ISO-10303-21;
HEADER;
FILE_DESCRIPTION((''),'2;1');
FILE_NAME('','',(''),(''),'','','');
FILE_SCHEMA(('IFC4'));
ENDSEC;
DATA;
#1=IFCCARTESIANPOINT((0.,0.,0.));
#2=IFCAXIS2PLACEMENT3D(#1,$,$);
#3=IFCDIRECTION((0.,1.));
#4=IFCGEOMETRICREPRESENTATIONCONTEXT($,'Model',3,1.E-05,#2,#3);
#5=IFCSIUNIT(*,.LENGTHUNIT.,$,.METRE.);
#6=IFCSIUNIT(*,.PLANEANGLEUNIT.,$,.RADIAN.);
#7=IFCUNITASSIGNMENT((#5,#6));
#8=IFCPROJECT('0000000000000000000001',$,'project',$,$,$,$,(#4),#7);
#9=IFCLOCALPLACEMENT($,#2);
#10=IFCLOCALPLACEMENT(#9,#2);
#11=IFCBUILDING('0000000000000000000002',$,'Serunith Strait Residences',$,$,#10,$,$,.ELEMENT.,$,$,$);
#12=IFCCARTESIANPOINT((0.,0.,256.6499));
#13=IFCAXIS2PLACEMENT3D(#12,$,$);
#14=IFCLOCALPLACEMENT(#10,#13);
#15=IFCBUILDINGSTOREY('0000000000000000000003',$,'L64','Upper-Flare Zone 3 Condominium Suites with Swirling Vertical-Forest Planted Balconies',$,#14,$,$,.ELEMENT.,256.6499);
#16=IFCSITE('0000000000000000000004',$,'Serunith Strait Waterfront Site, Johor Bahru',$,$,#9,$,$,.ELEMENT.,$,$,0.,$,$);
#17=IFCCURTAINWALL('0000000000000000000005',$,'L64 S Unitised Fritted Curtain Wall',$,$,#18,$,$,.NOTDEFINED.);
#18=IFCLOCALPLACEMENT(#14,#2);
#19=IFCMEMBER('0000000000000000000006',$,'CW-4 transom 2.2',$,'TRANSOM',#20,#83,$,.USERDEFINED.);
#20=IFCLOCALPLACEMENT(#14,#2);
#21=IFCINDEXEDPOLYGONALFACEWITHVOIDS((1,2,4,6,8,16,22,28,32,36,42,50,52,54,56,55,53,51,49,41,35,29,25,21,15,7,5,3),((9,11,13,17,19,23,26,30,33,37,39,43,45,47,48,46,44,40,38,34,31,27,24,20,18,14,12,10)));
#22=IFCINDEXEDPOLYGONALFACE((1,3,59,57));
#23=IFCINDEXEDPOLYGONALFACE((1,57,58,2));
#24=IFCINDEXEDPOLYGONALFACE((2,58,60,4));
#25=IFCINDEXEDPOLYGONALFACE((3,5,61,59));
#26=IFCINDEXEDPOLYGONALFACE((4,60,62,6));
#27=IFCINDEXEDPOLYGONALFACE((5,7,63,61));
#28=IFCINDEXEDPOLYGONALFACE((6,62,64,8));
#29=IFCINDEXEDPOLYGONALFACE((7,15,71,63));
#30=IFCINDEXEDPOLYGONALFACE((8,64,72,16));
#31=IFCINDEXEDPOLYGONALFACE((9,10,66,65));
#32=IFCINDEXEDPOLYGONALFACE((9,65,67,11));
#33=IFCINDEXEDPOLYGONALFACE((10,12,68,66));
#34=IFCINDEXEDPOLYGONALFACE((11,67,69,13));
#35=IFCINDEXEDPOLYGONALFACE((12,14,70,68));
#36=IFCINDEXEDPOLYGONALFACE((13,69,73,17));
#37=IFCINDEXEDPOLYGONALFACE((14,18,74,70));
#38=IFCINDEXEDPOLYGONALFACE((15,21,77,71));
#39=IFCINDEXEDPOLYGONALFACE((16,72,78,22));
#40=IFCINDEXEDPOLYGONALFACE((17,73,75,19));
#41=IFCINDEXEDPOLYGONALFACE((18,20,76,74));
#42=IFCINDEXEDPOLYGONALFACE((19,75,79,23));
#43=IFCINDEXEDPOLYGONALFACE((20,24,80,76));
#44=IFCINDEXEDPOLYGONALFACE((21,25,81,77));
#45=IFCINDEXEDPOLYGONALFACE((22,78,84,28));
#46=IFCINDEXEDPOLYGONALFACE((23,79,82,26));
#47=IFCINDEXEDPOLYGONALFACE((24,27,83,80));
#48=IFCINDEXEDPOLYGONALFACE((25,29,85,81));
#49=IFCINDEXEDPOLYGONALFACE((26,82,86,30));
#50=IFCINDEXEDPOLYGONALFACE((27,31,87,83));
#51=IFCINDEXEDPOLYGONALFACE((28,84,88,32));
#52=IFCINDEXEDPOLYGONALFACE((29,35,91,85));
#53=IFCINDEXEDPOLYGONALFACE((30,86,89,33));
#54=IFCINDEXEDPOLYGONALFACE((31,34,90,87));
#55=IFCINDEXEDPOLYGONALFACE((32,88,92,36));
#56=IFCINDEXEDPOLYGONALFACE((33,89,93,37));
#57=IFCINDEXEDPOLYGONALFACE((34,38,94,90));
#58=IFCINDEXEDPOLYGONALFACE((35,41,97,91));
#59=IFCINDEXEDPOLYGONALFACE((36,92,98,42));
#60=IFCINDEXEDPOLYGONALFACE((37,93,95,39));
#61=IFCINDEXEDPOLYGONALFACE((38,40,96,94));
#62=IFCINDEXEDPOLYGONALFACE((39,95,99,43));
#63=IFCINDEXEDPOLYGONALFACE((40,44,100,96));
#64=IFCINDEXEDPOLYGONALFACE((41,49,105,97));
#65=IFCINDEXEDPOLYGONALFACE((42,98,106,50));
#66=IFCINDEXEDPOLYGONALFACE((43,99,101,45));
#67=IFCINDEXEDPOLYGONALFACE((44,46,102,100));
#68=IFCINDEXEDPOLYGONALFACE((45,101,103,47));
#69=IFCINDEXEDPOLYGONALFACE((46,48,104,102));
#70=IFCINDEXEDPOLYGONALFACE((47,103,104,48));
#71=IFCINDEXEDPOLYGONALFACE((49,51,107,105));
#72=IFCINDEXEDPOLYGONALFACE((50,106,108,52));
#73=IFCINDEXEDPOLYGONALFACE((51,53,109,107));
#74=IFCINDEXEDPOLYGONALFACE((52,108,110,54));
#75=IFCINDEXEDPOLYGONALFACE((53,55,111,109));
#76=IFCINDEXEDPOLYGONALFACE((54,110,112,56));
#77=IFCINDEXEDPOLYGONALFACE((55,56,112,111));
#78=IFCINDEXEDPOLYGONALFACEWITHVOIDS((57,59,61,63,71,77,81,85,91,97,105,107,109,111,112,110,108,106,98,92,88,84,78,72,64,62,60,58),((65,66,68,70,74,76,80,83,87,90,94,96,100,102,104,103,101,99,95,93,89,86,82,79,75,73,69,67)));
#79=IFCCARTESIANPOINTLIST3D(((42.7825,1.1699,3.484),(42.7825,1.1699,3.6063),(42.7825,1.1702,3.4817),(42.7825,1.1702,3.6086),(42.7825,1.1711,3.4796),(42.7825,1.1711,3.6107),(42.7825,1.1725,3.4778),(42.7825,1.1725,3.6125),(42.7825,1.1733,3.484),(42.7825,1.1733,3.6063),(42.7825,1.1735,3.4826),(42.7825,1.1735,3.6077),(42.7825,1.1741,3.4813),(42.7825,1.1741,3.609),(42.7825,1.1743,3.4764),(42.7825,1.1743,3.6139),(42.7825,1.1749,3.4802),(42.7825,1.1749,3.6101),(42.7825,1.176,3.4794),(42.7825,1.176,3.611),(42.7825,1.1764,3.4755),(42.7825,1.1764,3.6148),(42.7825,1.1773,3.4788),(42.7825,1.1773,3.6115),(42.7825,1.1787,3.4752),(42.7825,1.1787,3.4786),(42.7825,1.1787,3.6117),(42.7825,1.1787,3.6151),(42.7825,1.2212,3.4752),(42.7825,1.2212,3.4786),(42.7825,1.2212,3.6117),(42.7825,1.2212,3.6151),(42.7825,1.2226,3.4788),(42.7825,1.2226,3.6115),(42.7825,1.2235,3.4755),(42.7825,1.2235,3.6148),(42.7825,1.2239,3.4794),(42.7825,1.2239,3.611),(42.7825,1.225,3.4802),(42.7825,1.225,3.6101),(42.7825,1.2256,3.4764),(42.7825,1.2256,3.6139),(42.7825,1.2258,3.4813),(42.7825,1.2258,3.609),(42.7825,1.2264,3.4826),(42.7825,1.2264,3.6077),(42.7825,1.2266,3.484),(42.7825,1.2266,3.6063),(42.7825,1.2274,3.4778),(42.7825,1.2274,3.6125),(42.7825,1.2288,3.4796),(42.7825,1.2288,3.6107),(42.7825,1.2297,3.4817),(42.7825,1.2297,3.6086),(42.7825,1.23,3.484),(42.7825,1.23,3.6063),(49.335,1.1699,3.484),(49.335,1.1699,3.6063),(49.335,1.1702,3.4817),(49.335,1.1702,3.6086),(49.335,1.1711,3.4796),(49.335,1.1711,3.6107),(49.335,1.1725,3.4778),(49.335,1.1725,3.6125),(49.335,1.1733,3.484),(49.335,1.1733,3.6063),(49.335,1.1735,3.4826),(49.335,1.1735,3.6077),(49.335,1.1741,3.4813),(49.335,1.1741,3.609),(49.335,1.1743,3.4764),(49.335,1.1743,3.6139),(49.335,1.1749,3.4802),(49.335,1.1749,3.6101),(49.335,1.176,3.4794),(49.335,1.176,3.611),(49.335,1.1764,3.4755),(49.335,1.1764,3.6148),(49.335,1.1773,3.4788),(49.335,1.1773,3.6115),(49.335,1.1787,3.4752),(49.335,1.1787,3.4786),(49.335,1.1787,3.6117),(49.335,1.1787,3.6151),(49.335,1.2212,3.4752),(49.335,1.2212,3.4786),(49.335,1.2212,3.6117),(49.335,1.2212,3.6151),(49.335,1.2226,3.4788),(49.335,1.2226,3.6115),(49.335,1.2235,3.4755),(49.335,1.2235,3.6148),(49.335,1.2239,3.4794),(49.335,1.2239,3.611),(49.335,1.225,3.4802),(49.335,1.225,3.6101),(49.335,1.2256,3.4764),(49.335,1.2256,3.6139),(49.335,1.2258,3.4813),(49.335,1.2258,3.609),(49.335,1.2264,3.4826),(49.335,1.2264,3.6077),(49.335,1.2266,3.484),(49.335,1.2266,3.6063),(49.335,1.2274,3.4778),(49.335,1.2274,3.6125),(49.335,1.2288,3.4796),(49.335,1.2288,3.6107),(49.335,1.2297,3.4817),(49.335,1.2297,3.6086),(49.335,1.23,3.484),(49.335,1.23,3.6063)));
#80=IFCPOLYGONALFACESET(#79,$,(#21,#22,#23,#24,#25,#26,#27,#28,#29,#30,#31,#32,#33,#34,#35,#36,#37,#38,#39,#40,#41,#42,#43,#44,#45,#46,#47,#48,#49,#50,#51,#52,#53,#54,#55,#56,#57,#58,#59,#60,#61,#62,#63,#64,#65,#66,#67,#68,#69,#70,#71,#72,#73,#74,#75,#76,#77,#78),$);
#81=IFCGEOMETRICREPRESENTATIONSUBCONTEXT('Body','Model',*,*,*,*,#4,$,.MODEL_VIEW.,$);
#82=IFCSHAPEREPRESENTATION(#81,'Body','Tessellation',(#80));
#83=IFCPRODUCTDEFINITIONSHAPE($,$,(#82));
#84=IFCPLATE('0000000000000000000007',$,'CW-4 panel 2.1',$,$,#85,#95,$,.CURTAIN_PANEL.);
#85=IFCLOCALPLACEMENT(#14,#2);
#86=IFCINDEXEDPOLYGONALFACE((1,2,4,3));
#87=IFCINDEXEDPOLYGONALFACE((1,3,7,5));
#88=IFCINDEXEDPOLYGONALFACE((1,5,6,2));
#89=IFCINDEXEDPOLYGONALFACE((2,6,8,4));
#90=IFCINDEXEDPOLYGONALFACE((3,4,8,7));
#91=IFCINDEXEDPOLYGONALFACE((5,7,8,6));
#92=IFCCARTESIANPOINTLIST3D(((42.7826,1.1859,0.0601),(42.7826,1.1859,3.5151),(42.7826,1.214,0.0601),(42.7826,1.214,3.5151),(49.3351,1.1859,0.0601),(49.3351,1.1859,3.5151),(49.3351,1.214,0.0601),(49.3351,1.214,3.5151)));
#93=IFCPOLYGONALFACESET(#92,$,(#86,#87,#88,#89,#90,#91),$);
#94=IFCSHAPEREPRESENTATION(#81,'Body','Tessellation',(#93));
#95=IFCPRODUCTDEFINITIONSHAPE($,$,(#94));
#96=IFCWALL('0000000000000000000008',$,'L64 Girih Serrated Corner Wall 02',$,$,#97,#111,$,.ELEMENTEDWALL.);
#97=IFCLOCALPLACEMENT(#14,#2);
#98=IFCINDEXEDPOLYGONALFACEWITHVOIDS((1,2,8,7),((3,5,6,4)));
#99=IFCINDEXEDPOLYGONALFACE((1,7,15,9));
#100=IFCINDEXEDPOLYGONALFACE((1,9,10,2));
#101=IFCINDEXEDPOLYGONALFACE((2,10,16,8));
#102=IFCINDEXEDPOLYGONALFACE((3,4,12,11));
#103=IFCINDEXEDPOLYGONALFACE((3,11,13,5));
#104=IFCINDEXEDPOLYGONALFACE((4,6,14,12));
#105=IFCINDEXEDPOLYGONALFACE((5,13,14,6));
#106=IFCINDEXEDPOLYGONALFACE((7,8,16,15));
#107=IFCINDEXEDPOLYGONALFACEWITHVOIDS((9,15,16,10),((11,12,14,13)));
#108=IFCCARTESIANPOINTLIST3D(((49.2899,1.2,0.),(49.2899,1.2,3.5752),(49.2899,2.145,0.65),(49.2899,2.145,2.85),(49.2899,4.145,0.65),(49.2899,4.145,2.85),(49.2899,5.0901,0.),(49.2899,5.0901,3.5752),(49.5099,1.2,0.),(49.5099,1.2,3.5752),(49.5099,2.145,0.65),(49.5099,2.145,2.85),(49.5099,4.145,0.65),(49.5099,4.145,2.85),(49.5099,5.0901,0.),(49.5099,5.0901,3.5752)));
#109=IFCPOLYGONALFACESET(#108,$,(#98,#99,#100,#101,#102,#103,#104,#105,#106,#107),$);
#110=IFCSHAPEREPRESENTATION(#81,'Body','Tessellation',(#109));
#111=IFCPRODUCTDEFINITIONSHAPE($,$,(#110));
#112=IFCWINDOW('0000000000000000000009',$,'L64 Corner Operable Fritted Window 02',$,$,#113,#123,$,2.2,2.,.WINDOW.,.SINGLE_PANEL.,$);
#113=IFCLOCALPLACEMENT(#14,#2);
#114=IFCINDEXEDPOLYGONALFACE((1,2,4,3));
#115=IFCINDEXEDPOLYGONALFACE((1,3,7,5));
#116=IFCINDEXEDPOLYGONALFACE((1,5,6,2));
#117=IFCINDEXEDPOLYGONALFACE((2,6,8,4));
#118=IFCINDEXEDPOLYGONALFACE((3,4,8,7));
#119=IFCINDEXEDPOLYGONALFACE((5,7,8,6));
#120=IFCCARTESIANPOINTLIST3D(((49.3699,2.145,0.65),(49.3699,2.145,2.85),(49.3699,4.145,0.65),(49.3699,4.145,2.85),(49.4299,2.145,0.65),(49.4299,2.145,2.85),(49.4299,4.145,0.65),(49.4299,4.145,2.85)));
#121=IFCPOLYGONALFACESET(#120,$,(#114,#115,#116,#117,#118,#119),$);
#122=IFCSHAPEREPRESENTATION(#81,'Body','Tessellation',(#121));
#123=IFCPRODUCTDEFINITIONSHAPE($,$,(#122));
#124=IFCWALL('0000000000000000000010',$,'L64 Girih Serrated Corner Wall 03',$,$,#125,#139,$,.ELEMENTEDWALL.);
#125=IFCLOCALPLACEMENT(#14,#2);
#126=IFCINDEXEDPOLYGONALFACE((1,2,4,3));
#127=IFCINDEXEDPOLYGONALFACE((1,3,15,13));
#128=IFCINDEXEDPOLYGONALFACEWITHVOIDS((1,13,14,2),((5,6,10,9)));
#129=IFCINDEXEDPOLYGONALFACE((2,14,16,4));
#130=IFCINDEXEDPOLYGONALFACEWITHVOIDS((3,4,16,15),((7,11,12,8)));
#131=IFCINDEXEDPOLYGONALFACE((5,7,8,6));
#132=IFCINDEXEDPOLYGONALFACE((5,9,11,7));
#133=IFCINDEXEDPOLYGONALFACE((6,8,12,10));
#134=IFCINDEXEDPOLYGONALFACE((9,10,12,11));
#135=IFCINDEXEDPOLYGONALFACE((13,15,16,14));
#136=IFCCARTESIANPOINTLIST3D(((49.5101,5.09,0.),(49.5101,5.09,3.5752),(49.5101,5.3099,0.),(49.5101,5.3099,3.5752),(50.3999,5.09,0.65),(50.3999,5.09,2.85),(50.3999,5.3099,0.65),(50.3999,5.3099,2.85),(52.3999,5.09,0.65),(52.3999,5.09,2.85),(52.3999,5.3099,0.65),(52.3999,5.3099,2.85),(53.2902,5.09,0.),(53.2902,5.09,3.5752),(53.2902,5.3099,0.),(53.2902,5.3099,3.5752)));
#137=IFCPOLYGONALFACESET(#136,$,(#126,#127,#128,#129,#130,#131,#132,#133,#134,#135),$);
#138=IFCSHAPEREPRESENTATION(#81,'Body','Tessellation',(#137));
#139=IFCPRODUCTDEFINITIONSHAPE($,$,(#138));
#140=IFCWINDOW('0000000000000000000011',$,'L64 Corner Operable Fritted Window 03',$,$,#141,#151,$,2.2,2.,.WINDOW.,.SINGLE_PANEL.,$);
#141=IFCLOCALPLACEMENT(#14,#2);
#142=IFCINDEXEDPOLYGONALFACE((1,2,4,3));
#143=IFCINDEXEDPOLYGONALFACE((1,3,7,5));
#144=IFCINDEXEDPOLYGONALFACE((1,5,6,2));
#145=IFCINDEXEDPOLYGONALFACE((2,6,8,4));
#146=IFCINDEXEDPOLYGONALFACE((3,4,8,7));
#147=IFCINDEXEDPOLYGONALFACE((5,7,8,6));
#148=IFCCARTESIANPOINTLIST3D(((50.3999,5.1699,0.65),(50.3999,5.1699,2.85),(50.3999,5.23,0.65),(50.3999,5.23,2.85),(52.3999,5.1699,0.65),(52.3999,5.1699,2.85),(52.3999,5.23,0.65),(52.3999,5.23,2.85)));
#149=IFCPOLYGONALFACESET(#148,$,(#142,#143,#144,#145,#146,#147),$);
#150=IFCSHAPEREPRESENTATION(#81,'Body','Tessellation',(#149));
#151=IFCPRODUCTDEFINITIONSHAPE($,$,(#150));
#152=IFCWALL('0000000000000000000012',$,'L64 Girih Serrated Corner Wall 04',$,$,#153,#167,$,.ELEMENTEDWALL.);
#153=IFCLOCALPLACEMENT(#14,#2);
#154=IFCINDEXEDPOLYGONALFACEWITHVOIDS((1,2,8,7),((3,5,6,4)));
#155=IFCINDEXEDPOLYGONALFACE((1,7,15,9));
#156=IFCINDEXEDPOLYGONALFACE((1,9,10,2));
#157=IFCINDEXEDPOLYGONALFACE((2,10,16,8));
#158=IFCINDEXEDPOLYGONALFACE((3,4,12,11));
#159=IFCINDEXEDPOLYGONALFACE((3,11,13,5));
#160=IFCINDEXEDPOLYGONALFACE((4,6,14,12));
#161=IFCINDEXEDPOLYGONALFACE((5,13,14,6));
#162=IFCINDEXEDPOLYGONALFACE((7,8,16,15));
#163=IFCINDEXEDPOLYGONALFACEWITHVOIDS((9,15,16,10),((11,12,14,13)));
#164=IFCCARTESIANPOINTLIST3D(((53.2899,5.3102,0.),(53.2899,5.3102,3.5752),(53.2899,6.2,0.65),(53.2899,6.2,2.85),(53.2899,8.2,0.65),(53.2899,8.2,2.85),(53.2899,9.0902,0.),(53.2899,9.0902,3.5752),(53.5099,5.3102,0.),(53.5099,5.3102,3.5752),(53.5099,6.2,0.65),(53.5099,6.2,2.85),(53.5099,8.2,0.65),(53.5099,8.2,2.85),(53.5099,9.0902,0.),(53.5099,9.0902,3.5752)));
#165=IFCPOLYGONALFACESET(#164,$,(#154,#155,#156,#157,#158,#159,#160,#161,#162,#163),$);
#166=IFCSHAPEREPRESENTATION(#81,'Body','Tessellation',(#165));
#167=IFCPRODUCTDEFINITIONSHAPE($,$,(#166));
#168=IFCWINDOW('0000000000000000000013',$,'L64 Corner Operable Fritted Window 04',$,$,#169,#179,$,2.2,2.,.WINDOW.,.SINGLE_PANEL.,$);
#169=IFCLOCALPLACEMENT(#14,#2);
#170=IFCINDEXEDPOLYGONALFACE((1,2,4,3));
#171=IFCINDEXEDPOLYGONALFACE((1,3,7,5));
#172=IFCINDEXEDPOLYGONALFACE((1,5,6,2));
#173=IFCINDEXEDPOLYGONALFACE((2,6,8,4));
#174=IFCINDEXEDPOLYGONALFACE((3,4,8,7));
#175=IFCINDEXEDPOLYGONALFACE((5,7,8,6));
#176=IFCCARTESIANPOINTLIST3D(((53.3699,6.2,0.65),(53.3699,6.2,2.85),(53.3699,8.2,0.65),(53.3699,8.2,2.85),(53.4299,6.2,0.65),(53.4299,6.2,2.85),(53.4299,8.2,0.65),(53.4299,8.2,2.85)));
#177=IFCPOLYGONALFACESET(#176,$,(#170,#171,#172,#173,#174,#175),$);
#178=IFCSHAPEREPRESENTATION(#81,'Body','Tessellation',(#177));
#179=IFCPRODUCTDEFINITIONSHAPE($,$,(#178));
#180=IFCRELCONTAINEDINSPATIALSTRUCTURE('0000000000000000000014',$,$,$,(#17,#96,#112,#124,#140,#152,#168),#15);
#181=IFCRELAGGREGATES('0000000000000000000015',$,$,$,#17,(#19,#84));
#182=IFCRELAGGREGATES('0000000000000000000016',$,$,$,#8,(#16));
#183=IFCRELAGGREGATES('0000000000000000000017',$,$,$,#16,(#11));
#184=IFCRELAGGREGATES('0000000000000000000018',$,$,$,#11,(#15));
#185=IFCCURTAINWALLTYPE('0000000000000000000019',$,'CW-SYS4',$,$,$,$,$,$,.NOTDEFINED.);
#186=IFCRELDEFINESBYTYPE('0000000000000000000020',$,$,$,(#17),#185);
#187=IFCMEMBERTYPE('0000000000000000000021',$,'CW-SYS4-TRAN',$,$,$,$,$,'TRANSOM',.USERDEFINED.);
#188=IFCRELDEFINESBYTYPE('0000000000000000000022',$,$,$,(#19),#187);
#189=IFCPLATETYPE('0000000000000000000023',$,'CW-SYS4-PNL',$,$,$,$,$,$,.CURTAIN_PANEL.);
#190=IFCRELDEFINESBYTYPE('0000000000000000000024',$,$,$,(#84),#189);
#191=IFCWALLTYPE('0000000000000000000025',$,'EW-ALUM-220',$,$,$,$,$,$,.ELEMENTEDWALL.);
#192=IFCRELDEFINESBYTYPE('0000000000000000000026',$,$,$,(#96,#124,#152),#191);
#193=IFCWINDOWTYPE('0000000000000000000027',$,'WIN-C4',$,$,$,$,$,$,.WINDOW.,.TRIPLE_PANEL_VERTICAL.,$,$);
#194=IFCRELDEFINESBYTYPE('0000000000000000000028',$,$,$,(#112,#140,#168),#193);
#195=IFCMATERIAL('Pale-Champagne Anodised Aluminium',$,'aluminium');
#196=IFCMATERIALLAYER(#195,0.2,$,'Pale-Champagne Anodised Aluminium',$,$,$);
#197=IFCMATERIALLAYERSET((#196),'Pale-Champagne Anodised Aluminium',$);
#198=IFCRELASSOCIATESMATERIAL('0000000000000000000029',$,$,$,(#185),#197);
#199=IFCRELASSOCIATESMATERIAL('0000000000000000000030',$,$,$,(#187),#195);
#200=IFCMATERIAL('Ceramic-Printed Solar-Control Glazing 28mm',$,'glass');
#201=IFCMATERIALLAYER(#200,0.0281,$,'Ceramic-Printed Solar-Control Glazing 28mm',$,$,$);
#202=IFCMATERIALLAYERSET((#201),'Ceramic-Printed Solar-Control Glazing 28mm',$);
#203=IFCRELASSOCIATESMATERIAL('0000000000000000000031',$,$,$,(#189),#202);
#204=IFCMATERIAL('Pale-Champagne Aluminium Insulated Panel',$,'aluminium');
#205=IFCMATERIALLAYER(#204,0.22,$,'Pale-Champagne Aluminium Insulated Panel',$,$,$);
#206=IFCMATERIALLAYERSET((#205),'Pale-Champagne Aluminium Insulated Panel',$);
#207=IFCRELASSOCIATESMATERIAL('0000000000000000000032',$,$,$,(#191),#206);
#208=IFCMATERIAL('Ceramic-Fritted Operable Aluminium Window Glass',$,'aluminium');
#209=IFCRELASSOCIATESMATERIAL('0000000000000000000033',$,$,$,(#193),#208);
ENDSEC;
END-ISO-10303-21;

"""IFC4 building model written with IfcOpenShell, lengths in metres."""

from ifc_helpers import new_model, si_unit, direction, frame, frame_2d, origin, origin_2d, place, context, subcontext, project, spatial, rectangle, hollow_rectangle, extrude, source, transform, mapped, material, layer, layer_set, material_profile, profile_set, type_object, element, fill, aggregate, save


model = new_model("IFC4")

# Units and contexts
model_context = context("Model", 3, precision=1e-05, world=origin(), true_north=direction((0.0, 1.0)))
body_context = subcontext(model_context, "Body", "Model", "MODEL_VIEW")
ifc_project = project(units=[si_unit("LENGTHUNIT", "METRE"), si_unit("PLANEANGLEUNIT", "RADIAN")], contexts=[model_context])

# Site, building, storey
site_placement = place(None, origin())
site = spatial("IfcSite", under=ifc_project, at=site_placement, Name="Serunith Strait Waterfront Site, Johor Bahru", CompositionType="ELEMENT", RefElevation=0.0)
building_placement = place(site_placement, origin())
building = spatial("IfcBuilding", under=site, at=building_placement, Name="Serunith Strait Residences", CompositionType="ELEMENT")
storey_placement = place(building_placement, frame((0.0, 0.0, 256.6499)))
storey = spatial("IfcBuildingStorey", under=building, at=storey_placement, Name="L64", Description="Upper-Flare Zone 3 Condominium Suites with Swirling Vertical-Forest Planted Balconies", CompositionType="ELEMENT", Elevation=256.6499)

# Curtain wall
ifc_material_1 = material(Name="Pale-Champagne Anodised Aluminium", Category="aluminium")
ifc_layer_1 = layer(ifc_material_1, 0.2, Name="Pale-Champagne Anodised Aluminium")
ifc_layer_set_1 = layer_set([ifc_layer_1], Name="Pale-Champagne Anodised Aluminium")
curtain_wall_type = type_object("IfcCurtainWallType", Name="CW-SYS4", PredefinedType="NOTDEFINED", material=ifc_layer_set_1)
ifc_material_profile_1 = material_profile(ifc_material_1, hollow_rectangle(XDim=0.0601, YDim=0.1399, WallThickness=0.0034, InnerFilletRadius=0.0054, OuterFilletRadius=0.0088, at=origin_2d()), Name="ALU 140x60x3.5")
ifc_profile_set_1 = profile_set([ifc_material_profile_1], Name="Pale-Champagne Anodised Aluminium")
member_type_1 = type_object("IfcMemberType", Name="CW-SYS4-TRAN", ElementType="TRANSOM", PredefinedType="USERDEFINED", material=ifc_profile_set_1)
curtain_wall_1_placement = place(storey_placement, origin())
curtain_wall_1 = element("IfcCurtainWall", 1, at=curtain_wall_1_placement, inside=storey, type_object=curtain_wall_type, Name="L64 S Unitised Fritted Curtain Wall", PredefinedType="NOTDEFINED")

# Member
shared_shape_1 = source(origin(), body_context, "Body", "SweptSolid", [
    extrude(hollow_rectangle(XDim=0.0601, YDim=0.1399, WallThickness=0.0034, InnerFilletRadius=0.0054, OuterFilletRadius=0.0088, at=origin_2d()), origin(), (0.0, 0.0, 1.0), 6.5525),
])
member_1_placement = place(storey_placement, frame((42.7825, 1.2, 3.5452), z_axis=(1.0, 0.0, 0.0), x_axis=(0.0, 1.0, 0.0)))
member_1 = element("IfcMember", 2, at=member_1_placement, type_object=member_type_1, Name="CW-4 transom 2.2", ObjectType="TRANSOM", PredefinedType="USERDEFINED", context=body_context, shape_type="MappedRepresentation", body=[
    mapped(shared_shape_1, transform((0.0, 0.0, 0.0), scale=1.0)),
])

# Plate
ifc_material_2 = material(Name="Ceramic-Printed Solar-Control Glazing 28mm", Category="glass")
ifc_layer_2 = layer(ifc_material_2, 0.0281, Name="Ceramic-Printed Solar-Control Glazing 28mm")
ifc_layer_set_2 = layer_set([ifc_layer_2], Name="Ceramic-Printed Solar-Control Glazing 28mm")
plate_type = type_object("IfcPlateType", Name="CW-SYS4-PNL", PredefinedType="CURTAIN_PANEL", material=ifc_layer_set_2)
shared_shape_2 = source(origin(), body_context, "Body", "SweptSolid", [
    extrude(rectangle(XDim=6.5525, YDim=0.0281, at=origin_2d()), origin(), (0.0, 0.0, 1.0), 3.4551),
])
plate_placement = place(storey_placement, frame((46.0588, 1.2, 0.0601), z_axis=(0.0, 0.0, 1.0), x_axis=(1.0, 0.0, 0.0)))
plate = element("IfcPlate", 3, at=plate_placement, type_object=plate_type, Name="CW-4 panel 2.1", PredefinedType="CURTAIN_PANEL", context=body_context, shape_type="MappedRepresentation", body=[
    mapped(shared_shape_2, transform((0.0, 0.0, 0.0), scale=1.0)),
])
aggregate(curtain_wall_1, [member_1, plate])

# Walls, openings, windows
ifc_material_3 = material(Name="Pale-Champagne Aluminium Insulated Panel", Category="aluminium")
ifc_layer_3 = layer(ifc_material_3, 0.22, Name="Pale-Champagne Aluminium Insulated Panel")
ifc_layer_set_3 = layer_set([ifc_layer_3], Name="Pale-Champagne Aluminium Insulated Panel")
wall_type = type_object("IfcWallType", Name="EW-ALUM-220", PredefinedType="ELEMENTEDWALL", material=ifc_layer_set_3)
wall_1_placement = place(storey_placement, frame((49.3999, 1.2, 0.0), z_axis=(0.0, 0.0, 1.0), x_axis=(0.0, 1.0, 0.0)))
wall_1 = element("IfcWall", 4, at=wall_1_placement, inside=storey, type_object=wall_type, Name="L64 Girih Serrated Corner Wall 02", PredefinedType="ELEMENTEDWALL", context=body_context, shape_type="SweptSolid", body=[
    extrude(rectangle(XDim=3.8901, YDim=0.22, at=frame_2d((1.9451, 0.0))), origin(), (0.0, 0.0, 1.0), 3.5752),
])
opening_1_placement = place(wall_1_placement, frame((0.9451, 0.0, 0.6499)))
opening_1 = element("IfcOpeningElement", 5, at=opening_1_placement, cuts=wall_1, PredefinedType="OPENING", context=body_context, shape_type="SweptSolid", body=[
    extrude(rectangle(XDim=2.0, YDim=2.2, at=frame_2d((1.0, 1.1001))), frame((0.0, 0.1201, 0.0), z_axis=(0.0, -1.0, 0.0), x_axis=(1.0, 0.0, 0.0)), (0.0, 0.0, 1.0), 0.24),
])
ifc_material_4 = material(Name="Ceramic-Fritted Operable Aluminium Window Glass", Category="aluminium")
window_type = type_object("IfcWindowType", Name="WIN-C4", PartitioningType="TRIPLE_PANEL_VERTICAL", PredefinedType="WINDOW", material=ifc_material_4)
shared_shape_3 = source(origin(), body_context, "Body", "SweptSolid", [
    extrude(rectangle(XDim=2.0, YDim=2.2, at=frame_2d((1.0, 1.1001))), frame((0.0, 0.03, 0.0), z_axis=(0.0, -1.0, 0.0), x_axis=(1.0, 0.0, 0.0)), (0.0, 0.0, 1.0), 0.0601),
])
window_1_placement = place(opening_1_placement, origin())
window_1 = element("IfcWindow", 6, at=window_1_placement, inside=storey, type_object=window_type, Name="L64 Corner Operable Fritted Window 02", OverallHeight=2.2, OverallWidth=2.0, PartitioningType="SINGLE_PANEL", PredefinedType="WINDOW", context=body_context, shape_type="MappedRepresentation", body=[
    mapped(shared_shape_3, transform((0.0, 0.0, 0.0), scale=1.0)),
])
fill(opening_1, window_1)
wall_2_placement = place(storey_placement, frame((49.51, 5.2, 0.0), z_axis=(0.0, 0.0, 1.0), x_axis=(1.0, 0.0, 0.0)))
wall_2 = element("IfcWall", 7, at=wall_2_placement, inside=storey, type_object=wall_type, Name="L64 Girih Serrated Corner Wall 03", PredefinedType="ELEMENTEDWALL", context=body_context, shape_type="SweptSolid", body=[
    extrude(rectangle(XDim=3.78, YDim=0.22, at=frame_2d((1.8901, 0.0))), origin(), (0.0, 0.0, 1.0), 3.5752),
])
opening_2_placement = place(wall_2_placement, frame((0.8899, 0.0, 0.6499)))
opening_2 = element("IfcOpeningElement", 8, at=opening_2_placement, cuts=wall_2, PredefinedType="OPENING", context=body_context, shape_type="SweptSolid", body=[
    extrude(rectangle(XDim=2.0, YDim=2.2, at=frame_2d((1.0, 1.1001))), frame((0.0, 0.1201, 0.0), z_axis=(0.0, -1.0, 0.0), x_axis=(1.0, 0.0, 0.0)), (0.0, 0.0, 1.0), 0.24),
])
window_2_placement = place(opening_2_placement, origin())
window_2 = element("IfcWindow", 9, at=window_2_placement, inside=storey, type_object=window_type, Name="L64 Corner Operable Fritted Window 03", OverallHeight=2.2, OverallWidth=2.0, PartitioningType="SINGLE_PANEL", PredefinedType="WINDOW", context=body_context, shape_type="MappedRepresentation", body=[
    mapped(shared_shape_3, transform((0.0, 0.0, 0.0), scale=1.0)),
])
fill(opening_2, window_2)
wall_3_placement = place(storey_placement, frame((53.3999, 5.3101, 0.0), z_axis=(0.0, 0.0, 1.0), x_axis=(0.0, 1.0, 0.0)))
wall_3 = element("IfcWall", 10, at=wall_3_placement, inside=storey, type_object=wall_type, Name="L64 Girih Serrated Corner Wall 04", PredefinedType="ELEMENTEDWALL", context=body_context, shape_type="SweptSolid", body=[
    extrude(rectangle(XDim=3.78, YDim=0.22, at=frame_2d((1.8901, 0.0))), origin(), (0.0, 0.0, 1.0), 3.5752),
])
opening_3_placement = place(wall_3_placement, frame((0.8899, 0.0, 0.6499)))
opening_3 = element("IfcOpeningElement", 11, at=opening_3_placement, cuts=wall_3, PredefinedType="OPENING", context=body_context, shape_type="SweptSolid", body=[
    extrude(rectangle(XDim=2.0, YDim=2.2, at=frame_2d((1.0, 1.1001))), frame((0.0, 0.1201, 0.0), z_axis=(0.0, -1.0, 0.0), x_axis=(1.0, 0.0, 0.0)), (0.0, 0.0, 1.0), 0.24),
])
window_3_placement = place(opening_3_placement, origin())
window_3 = element("IfcWindow", 12, at=window_3_placement, inside=storey, type_object=window_type, Name="L64 Corner Operable Fritted Window 04", OverallHeight=2.2, OverallWidth=2.0, PartitioningType="SINGLE_PANEL", PredefinedType="WINDOW", context=body_context, shape_type="MappedRepresentation", body=[
    mapped(shared_shape_3, transform((0.0, 0.0, 0.0), scale=1.0)),
])
fill(opening_3, window_3)

save(model, "model.ifc")
